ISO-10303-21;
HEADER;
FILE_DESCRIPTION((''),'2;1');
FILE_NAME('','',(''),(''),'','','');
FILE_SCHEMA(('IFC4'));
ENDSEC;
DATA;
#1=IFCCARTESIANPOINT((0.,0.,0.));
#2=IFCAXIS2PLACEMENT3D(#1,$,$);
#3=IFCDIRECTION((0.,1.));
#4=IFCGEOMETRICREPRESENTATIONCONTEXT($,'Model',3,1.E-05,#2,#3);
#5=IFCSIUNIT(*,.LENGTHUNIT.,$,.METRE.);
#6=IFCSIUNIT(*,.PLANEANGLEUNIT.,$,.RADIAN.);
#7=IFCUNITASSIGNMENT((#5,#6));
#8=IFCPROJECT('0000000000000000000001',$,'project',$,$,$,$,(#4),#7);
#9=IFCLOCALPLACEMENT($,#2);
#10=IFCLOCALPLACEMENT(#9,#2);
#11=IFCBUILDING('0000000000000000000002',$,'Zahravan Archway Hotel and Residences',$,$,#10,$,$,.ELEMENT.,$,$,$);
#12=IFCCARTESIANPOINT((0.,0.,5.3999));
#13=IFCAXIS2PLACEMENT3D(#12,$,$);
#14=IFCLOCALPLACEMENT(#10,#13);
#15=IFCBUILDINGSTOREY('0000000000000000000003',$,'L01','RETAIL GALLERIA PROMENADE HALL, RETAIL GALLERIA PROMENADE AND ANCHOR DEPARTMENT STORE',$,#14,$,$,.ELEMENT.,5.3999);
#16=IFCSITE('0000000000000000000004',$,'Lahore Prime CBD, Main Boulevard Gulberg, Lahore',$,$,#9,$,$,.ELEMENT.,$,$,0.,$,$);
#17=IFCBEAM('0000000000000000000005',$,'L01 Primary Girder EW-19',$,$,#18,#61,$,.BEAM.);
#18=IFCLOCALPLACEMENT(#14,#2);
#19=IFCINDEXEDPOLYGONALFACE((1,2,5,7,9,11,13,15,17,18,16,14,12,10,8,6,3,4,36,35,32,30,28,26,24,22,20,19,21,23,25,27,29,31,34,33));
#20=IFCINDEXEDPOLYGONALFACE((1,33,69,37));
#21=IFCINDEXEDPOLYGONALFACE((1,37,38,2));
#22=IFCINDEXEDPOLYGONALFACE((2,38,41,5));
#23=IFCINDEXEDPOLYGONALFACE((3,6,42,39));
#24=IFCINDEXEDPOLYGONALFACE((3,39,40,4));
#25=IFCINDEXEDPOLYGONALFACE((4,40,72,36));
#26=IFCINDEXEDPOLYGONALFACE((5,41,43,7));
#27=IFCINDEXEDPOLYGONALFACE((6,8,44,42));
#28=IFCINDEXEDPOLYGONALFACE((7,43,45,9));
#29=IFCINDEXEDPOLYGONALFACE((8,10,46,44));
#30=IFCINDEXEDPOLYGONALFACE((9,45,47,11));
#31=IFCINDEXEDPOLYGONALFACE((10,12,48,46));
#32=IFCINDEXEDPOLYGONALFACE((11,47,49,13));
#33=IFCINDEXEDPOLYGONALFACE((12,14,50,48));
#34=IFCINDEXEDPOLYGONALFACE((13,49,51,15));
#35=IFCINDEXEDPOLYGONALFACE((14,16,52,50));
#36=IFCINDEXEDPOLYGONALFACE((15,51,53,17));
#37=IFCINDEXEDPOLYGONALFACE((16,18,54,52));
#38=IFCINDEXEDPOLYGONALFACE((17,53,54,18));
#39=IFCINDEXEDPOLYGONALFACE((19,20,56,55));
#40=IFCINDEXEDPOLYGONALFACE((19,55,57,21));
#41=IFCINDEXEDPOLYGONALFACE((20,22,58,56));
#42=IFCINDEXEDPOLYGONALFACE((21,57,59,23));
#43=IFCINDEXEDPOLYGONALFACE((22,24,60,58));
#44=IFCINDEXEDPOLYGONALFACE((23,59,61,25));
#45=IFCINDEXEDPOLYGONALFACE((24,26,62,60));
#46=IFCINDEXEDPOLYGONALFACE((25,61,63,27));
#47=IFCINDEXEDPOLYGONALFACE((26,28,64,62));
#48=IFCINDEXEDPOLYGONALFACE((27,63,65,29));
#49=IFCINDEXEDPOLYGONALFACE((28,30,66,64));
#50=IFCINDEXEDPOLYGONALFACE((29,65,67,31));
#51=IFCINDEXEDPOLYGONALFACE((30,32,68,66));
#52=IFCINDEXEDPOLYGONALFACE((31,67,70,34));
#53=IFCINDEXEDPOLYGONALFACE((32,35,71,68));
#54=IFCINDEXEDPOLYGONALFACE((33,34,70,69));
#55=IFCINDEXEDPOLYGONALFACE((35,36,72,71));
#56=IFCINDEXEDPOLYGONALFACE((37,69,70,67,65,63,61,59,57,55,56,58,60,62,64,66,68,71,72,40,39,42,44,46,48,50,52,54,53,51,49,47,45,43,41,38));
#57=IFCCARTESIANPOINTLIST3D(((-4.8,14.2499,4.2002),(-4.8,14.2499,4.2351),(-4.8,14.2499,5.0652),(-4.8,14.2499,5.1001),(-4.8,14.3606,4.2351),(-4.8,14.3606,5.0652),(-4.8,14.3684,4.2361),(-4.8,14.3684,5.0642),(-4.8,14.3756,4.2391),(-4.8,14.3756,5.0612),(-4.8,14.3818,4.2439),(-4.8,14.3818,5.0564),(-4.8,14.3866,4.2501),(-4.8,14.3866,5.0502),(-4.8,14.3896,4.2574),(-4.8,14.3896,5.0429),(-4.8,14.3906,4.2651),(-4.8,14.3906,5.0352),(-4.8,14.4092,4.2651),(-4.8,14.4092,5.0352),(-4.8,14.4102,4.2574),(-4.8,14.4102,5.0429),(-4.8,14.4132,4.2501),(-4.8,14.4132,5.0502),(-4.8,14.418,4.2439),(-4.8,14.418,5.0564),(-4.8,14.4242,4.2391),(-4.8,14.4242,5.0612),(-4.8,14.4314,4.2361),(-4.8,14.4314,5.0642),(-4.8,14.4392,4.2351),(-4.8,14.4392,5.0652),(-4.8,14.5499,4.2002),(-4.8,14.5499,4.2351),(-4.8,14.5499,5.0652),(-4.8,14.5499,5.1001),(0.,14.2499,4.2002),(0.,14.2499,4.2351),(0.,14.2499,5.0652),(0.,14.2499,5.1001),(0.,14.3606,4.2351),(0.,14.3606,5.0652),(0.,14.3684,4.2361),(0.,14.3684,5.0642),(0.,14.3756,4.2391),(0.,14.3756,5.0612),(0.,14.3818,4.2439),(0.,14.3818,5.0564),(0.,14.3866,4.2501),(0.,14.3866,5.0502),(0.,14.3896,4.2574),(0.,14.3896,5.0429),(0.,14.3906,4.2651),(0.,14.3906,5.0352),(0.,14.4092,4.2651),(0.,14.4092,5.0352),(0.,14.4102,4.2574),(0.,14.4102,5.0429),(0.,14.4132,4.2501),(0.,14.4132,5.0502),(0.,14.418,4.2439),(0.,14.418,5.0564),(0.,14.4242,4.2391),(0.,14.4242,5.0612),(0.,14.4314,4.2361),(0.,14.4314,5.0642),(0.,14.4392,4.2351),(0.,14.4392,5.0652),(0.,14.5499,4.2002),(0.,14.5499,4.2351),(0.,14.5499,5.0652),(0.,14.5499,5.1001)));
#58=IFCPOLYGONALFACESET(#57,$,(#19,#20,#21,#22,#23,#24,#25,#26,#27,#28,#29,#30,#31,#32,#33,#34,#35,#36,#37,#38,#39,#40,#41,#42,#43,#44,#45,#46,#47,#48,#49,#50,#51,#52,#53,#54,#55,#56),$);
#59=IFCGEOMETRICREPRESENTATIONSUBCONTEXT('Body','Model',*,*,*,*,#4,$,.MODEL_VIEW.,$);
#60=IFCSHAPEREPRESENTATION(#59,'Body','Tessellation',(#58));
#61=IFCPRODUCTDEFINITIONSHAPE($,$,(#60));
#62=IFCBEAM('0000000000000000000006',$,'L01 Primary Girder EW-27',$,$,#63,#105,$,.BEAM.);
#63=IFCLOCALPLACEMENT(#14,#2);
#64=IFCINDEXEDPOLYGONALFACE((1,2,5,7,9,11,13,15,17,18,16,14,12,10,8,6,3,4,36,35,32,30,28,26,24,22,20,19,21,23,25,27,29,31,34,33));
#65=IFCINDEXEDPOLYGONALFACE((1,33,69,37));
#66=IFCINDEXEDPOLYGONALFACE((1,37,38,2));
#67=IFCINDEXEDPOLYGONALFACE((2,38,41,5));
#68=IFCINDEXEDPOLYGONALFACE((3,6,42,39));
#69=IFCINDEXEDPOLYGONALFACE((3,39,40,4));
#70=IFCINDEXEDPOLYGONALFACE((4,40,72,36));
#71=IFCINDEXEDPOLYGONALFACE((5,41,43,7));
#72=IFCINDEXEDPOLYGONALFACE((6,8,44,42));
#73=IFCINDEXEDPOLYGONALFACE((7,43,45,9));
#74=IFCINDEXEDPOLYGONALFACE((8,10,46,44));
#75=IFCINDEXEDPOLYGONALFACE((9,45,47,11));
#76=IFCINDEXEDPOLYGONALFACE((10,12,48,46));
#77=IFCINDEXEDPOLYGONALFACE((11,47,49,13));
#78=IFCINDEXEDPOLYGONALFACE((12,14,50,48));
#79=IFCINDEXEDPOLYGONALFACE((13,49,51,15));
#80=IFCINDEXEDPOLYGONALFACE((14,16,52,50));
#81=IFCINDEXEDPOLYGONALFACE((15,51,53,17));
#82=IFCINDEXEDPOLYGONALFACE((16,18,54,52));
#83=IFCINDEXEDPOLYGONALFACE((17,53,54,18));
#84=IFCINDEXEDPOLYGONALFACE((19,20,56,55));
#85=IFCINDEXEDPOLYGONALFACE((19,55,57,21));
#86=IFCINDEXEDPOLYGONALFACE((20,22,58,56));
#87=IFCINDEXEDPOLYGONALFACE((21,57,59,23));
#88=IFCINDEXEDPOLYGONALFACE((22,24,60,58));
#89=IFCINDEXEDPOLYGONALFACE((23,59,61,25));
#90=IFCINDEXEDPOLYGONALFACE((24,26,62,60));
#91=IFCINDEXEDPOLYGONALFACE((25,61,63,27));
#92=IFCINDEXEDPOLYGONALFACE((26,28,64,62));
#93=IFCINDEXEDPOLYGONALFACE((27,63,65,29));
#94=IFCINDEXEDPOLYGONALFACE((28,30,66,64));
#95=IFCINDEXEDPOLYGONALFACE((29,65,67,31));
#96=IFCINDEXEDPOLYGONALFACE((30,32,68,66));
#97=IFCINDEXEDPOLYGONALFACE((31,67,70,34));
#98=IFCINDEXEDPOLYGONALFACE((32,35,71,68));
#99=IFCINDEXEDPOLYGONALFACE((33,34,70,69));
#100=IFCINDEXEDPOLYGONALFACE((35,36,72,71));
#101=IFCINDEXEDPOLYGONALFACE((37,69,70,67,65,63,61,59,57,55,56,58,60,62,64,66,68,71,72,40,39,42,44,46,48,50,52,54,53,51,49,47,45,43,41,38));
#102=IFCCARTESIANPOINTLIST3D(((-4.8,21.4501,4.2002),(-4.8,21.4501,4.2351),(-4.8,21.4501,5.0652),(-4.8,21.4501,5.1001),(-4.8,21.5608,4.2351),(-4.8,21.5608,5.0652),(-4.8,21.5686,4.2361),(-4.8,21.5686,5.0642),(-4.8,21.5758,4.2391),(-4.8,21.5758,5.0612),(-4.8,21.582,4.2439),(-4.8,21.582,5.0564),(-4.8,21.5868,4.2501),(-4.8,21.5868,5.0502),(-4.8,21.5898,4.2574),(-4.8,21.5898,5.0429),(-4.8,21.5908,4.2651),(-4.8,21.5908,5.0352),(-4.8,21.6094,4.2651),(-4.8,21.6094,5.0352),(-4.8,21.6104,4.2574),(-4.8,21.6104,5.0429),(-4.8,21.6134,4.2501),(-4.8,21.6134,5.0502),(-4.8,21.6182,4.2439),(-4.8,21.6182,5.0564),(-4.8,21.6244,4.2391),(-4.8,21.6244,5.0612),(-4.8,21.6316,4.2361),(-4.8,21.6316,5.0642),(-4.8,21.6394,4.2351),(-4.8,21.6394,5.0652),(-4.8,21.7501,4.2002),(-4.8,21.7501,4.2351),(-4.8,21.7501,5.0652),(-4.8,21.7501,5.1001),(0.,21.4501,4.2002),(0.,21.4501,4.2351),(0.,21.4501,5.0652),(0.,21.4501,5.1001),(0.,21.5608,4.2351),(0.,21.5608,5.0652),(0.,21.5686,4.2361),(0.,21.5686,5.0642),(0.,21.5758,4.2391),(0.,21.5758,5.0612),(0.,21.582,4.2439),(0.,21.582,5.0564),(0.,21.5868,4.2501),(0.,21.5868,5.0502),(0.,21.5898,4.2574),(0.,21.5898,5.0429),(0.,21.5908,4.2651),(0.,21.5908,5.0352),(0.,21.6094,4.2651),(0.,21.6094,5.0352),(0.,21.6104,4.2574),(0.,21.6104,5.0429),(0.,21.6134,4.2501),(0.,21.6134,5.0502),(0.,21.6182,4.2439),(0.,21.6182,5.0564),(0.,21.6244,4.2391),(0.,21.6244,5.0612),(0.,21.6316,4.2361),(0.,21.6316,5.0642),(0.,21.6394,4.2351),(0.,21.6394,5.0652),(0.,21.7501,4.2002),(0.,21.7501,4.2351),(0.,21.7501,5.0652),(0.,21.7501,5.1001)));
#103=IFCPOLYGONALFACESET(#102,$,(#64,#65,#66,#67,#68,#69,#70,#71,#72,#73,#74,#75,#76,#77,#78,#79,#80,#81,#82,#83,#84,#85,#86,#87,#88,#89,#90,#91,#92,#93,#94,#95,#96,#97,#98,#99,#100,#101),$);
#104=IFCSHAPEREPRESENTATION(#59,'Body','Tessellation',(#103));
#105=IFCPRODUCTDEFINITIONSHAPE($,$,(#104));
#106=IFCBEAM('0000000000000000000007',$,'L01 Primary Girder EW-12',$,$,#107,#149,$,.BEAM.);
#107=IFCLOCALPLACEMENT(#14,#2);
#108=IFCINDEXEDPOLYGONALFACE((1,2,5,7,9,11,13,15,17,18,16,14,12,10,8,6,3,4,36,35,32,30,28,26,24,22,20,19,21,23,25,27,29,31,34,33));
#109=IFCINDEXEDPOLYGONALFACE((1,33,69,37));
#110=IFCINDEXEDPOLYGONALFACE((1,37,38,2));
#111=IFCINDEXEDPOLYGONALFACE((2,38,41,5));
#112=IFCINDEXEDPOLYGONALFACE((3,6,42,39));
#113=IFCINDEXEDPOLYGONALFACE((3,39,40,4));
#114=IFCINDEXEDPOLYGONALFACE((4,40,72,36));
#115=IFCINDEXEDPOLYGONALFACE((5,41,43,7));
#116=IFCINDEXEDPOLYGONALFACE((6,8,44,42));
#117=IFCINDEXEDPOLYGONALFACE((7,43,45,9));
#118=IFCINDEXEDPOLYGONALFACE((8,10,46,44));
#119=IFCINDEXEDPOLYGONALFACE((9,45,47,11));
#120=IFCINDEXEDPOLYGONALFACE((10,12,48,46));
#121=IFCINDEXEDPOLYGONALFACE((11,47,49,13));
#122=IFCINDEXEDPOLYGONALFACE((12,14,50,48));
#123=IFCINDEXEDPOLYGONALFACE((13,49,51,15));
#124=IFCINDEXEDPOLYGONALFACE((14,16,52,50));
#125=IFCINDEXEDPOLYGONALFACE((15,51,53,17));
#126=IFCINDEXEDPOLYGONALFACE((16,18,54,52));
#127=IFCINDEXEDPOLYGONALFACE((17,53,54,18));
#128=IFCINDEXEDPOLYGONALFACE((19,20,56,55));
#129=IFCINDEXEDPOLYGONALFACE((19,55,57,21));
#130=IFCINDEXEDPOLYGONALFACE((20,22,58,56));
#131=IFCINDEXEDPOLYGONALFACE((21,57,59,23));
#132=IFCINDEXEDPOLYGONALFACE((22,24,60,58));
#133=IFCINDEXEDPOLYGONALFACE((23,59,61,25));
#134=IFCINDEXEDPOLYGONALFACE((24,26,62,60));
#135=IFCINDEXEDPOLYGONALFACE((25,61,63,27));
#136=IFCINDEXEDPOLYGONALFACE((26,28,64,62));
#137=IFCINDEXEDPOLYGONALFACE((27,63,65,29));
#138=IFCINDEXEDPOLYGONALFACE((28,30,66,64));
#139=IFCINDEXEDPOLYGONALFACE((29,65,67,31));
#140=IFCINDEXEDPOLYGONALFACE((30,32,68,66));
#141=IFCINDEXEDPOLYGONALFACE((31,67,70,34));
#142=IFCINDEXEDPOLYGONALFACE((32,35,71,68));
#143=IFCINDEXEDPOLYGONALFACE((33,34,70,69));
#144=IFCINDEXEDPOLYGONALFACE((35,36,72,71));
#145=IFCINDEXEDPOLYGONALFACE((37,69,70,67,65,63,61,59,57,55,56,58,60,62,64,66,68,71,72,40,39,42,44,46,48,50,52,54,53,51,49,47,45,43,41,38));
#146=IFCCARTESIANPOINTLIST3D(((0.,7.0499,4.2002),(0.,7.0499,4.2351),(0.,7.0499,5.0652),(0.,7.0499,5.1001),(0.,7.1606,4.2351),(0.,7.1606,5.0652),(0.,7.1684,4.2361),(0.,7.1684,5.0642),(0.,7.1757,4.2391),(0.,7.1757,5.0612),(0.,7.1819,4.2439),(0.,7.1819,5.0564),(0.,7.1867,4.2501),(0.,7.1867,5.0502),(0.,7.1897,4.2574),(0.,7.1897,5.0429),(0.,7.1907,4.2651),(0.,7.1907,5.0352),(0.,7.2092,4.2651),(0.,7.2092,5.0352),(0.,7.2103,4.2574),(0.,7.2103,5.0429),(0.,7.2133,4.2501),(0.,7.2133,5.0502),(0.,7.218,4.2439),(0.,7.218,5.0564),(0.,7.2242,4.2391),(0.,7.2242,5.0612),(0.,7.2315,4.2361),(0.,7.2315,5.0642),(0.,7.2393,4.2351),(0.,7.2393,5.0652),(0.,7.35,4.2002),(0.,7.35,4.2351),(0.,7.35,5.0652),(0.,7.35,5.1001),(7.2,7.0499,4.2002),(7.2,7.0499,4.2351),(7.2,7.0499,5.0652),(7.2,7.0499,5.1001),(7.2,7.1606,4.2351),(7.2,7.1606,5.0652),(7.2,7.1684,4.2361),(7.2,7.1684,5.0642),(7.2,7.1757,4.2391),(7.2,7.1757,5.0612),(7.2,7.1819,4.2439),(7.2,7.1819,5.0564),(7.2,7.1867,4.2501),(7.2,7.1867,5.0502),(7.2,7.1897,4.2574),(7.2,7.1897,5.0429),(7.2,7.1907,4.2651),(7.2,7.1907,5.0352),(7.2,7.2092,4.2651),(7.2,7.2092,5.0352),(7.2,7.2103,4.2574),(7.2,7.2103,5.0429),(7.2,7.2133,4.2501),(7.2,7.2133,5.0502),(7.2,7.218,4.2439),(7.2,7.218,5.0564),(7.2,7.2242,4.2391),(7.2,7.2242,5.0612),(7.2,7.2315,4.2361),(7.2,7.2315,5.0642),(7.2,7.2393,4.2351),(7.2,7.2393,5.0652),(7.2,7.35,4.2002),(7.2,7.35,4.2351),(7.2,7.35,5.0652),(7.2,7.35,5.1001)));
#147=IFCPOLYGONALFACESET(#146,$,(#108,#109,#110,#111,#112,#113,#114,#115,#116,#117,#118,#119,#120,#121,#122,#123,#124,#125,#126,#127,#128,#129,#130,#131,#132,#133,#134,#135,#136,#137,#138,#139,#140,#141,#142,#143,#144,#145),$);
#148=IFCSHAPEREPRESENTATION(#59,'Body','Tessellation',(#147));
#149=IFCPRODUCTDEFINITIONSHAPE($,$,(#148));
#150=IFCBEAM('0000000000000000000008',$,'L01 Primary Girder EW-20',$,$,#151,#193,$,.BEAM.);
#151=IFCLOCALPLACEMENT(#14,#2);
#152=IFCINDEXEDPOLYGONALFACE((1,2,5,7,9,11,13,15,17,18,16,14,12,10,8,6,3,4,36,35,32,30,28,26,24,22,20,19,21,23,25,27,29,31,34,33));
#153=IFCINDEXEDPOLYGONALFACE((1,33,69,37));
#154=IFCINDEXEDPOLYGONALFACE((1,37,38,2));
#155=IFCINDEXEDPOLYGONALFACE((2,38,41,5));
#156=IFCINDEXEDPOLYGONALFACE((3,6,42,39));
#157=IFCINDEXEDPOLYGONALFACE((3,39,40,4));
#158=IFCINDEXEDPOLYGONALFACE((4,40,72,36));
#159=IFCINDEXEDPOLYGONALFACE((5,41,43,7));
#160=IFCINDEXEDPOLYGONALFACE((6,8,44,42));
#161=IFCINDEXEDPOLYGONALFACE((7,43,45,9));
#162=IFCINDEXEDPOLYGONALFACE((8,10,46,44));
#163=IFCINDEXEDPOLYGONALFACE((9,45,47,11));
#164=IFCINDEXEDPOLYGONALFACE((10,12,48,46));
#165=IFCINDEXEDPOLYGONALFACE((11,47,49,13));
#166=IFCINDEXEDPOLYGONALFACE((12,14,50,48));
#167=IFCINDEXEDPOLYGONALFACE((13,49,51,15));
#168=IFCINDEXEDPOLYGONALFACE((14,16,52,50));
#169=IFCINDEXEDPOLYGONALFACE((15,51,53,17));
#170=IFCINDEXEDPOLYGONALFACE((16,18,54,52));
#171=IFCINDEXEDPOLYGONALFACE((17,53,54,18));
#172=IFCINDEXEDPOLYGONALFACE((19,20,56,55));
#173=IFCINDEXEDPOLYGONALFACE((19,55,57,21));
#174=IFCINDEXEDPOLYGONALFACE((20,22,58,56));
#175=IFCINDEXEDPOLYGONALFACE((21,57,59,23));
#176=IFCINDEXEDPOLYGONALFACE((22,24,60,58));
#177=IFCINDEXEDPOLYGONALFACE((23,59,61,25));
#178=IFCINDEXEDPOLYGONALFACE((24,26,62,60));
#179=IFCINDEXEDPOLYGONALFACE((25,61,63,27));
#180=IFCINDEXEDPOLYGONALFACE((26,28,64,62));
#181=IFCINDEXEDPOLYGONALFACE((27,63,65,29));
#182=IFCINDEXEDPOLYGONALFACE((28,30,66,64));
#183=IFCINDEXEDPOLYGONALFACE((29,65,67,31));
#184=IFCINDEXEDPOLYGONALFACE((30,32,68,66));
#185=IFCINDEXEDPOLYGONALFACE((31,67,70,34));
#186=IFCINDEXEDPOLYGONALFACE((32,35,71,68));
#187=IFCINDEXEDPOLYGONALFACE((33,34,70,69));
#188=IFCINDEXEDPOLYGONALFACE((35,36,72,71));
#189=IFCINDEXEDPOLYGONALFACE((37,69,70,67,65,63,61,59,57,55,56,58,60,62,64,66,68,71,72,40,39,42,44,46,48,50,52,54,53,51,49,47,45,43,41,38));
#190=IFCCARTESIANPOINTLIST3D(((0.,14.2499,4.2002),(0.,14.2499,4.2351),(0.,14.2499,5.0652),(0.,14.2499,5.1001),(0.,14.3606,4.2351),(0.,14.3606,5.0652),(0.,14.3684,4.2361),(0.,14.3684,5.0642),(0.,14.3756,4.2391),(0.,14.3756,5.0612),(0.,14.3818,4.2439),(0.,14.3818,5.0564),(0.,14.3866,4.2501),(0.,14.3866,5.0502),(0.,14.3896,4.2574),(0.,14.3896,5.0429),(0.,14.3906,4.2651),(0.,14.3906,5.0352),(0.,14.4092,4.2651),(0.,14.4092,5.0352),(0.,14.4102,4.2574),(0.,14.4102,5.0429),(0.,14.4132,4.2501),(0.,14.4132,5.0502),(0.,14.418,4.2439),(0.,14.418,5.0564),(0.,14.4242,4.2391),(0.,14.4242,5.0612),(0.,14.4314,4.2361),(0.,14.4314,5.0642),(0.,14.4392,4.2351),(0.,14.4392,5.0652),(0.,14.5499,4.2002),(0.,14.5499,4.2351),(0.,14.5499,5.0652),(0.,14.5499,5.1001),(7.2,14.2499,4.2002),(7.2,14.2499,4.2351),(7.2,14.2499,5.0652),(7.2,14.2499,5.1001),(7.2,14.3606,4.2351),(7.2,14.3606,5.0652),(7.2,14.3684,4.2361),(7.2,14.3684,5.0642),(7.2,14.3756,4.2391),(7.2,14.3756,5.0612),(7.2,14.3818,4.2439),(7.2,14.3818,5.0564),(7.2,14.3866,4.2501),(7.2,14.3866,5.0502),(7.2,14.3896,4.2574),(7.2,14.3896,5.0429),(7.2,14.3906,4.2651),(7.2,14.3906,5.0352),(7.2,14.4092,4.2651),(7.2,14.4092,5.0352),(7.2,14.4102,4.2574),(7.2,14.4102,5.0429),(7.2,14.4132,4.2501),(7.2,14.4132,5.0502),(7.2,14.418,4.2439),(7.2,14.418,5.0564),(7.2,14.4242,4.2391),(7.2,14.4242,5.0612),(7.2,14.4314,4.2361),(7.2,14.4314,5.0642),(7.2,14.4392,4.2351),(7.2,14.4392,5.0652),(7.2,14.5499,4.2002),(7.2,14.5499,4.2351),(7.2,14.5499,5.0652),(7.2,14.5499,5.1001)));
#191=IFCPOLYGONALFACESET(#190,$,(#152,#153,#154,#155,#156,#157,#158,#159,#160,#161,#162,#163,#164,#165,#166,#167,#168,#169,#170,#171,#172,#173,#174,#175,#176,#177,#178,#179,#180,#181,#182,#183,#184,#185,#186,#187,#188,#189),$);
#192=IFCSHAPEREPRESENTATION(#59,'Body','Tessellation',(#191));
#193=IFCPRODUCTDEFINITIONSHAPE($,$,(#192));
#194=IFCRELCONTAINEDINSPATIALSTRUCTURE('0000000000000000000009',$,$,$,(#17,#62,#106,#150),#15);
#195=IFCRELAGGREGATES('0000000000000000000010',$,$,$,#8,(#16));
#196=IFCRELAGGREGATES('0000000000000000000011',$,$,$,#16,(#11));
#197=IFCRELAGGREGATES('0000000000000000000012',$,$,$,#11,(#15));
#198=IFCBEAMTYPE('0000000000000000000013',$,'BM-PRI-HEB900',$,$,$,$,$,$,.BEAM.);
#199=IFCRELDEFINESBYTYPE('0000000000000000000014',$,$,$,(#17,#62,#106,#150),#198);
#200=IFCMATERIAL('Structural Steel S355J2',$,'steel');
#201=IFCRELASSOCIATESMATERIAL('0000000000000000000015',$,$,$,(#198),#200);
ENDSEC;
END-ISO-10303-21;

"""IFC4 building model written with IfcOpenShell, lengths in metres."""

from ifc_helpers import new_model, si_unit, direction, frame, origin, origin_2d, place, context, subcontext, project, spatial, i_section, extrude, source, transform, mapped, material, material_profile, profile_set, type_object, type_shapes, element, save


model = new_model("IFC4")

# Units and contexts
model_context = context("Model", 3, precision=1e-05, world=origin(), true_north=direction((0.0, 1.0)))
body_context = subcontext(model_context, "Body", "Model", "MODEL_VIEW")
ifc_project = project(units=[si_unit("LENGTHUNIT", "METRE"), si_unit("PLANEANGLEUNIT", "RADIAN")], contexts=[model_context])

# Site, building, storey
site_placement = place(None, origin())
site = spatial("IfcSite", under=ifc_project, at=site_placement, Name="Lahore Prime CBD, Main Boulevard Gulberg, Lahore", CompositionType="ELEMENT", RefElevation=0.0)
building_placement = place(site_placement, origin())
building = spatial("IfcBuilding", under=site, at=building_placement, Name="Zahravan Archway Hotel and Residences", CompositionType="ELEMENT")
storey_placement = place(building_placement, frame((0.0, 0.0, 5.3999)))
storey = spatial("IfcBuildingStorey", under=building, at=storey_placement, Name="L01", Description="RETAIL GALLERIA PROMENADE HALL, RETAIL GALLERIA PROMENADE AND ANCHOR DEPARTMENT STORE", CompositionType="ELEMENT", Elevation=5.3999)

# Beams
ifc_material_1 = material(Name="Structural Steel S355J2", Category="steel")
ifc_material_profile_1 = material_profile(ifc_material_1, i_section(OverallWidth=0.3, OverallDepth=0.8999, WebThickness=0.0186, FlangeThickness=0.0349, FilletRadius=0.03, at=origin_2d()), Name="HEB 900", Category="steel")
ifc_profile_set_1 = profile_set([ifc_material_profile_1], Name="Structural Steel S355J2")
beam_type_1 = type_object("IfcBeamType", Name="BM-PRI-HEB900", PredefinedType="BEAM", material=ifc_profile_set_1)
shared_shape_1 = source(origin(), body_context, "Body", "SweptSolid", [
    extrude(i_section(OverallWidth=0.3, OverallDepth=0.8999, WebThickness=0.0186, FlangeThickness=0.0349, FilletRadius=0.03, at=origin_2d()), origin(), (0.0, 0.0, 1.0), 4.8),
])
type_shapes(beam_type_1, [shared_shape_1])
for number, where, z_axis, x_axis, name in (
    (1, (-4.8, 14.3999, 4.6501), (1.0, 0.0, 0.0), (0.0, 1.0, 0.0), "L01 Primary Girder EW-19"),
    (2, (-4.8, 21.6001, 4.6501), (1.0, 0.0, 0.0), (0.0, 1.0, 0.0), "L01 Primary Girder EW-27"),
):
    element("IfcBeam", number, at=place(storey_placement, frame(where, z_axis=z_axis, x_axis=x_axis)), inside=storey, type_object=beam_type_1, Name=name, PredefinedType="BEAM", context=body_context, shape_type="MappedRepresentation", body=[
        mapped(shared_shape_1, transform((0.0, 0.0, 0.0), scale=1.0)),
    ])
shared_shape_2 = source(origin(), body_context, "Body", "SweptSolid", [
    extrude(i_section(OverallWidth=0.3, OverallDepth=0.8999, WebThickness=0.0186, FlangeThickness=0.0349, FilletRadius=0.03, at=origin_2d()), origin(), (0.0, 0.0, 1.0), 7.2),
])
for number, where, z_axis, x_axis, name in (
    (3, (0.0, 7.2, 4.6501), (1.0, 0.0, 0.0), (0.0, 1.0, 0.0), "L01 Primary Girder EW-12"),
    (4, (0.0, 14.3999, 4.6501), (1.0, 0.0, 0.0), (0.0, 1.0, 0.0), "L01 Primary Girder EW-20"),
):
    element("IfcBeam", number, at=place(storey_placement, frame(where, z_axis=z_axis, x_axis=x_axis)), inside=storey, type_object=beam_type_1, Name=name, PredefinedType="BEAM", context=body_context, shape_type="MappedRepresentation", body=[
        mapped(shared_shape_2, transform((0.0, 0.0, 0.0), scale=1.0)),
    ])

save(model, "model.ifc")
